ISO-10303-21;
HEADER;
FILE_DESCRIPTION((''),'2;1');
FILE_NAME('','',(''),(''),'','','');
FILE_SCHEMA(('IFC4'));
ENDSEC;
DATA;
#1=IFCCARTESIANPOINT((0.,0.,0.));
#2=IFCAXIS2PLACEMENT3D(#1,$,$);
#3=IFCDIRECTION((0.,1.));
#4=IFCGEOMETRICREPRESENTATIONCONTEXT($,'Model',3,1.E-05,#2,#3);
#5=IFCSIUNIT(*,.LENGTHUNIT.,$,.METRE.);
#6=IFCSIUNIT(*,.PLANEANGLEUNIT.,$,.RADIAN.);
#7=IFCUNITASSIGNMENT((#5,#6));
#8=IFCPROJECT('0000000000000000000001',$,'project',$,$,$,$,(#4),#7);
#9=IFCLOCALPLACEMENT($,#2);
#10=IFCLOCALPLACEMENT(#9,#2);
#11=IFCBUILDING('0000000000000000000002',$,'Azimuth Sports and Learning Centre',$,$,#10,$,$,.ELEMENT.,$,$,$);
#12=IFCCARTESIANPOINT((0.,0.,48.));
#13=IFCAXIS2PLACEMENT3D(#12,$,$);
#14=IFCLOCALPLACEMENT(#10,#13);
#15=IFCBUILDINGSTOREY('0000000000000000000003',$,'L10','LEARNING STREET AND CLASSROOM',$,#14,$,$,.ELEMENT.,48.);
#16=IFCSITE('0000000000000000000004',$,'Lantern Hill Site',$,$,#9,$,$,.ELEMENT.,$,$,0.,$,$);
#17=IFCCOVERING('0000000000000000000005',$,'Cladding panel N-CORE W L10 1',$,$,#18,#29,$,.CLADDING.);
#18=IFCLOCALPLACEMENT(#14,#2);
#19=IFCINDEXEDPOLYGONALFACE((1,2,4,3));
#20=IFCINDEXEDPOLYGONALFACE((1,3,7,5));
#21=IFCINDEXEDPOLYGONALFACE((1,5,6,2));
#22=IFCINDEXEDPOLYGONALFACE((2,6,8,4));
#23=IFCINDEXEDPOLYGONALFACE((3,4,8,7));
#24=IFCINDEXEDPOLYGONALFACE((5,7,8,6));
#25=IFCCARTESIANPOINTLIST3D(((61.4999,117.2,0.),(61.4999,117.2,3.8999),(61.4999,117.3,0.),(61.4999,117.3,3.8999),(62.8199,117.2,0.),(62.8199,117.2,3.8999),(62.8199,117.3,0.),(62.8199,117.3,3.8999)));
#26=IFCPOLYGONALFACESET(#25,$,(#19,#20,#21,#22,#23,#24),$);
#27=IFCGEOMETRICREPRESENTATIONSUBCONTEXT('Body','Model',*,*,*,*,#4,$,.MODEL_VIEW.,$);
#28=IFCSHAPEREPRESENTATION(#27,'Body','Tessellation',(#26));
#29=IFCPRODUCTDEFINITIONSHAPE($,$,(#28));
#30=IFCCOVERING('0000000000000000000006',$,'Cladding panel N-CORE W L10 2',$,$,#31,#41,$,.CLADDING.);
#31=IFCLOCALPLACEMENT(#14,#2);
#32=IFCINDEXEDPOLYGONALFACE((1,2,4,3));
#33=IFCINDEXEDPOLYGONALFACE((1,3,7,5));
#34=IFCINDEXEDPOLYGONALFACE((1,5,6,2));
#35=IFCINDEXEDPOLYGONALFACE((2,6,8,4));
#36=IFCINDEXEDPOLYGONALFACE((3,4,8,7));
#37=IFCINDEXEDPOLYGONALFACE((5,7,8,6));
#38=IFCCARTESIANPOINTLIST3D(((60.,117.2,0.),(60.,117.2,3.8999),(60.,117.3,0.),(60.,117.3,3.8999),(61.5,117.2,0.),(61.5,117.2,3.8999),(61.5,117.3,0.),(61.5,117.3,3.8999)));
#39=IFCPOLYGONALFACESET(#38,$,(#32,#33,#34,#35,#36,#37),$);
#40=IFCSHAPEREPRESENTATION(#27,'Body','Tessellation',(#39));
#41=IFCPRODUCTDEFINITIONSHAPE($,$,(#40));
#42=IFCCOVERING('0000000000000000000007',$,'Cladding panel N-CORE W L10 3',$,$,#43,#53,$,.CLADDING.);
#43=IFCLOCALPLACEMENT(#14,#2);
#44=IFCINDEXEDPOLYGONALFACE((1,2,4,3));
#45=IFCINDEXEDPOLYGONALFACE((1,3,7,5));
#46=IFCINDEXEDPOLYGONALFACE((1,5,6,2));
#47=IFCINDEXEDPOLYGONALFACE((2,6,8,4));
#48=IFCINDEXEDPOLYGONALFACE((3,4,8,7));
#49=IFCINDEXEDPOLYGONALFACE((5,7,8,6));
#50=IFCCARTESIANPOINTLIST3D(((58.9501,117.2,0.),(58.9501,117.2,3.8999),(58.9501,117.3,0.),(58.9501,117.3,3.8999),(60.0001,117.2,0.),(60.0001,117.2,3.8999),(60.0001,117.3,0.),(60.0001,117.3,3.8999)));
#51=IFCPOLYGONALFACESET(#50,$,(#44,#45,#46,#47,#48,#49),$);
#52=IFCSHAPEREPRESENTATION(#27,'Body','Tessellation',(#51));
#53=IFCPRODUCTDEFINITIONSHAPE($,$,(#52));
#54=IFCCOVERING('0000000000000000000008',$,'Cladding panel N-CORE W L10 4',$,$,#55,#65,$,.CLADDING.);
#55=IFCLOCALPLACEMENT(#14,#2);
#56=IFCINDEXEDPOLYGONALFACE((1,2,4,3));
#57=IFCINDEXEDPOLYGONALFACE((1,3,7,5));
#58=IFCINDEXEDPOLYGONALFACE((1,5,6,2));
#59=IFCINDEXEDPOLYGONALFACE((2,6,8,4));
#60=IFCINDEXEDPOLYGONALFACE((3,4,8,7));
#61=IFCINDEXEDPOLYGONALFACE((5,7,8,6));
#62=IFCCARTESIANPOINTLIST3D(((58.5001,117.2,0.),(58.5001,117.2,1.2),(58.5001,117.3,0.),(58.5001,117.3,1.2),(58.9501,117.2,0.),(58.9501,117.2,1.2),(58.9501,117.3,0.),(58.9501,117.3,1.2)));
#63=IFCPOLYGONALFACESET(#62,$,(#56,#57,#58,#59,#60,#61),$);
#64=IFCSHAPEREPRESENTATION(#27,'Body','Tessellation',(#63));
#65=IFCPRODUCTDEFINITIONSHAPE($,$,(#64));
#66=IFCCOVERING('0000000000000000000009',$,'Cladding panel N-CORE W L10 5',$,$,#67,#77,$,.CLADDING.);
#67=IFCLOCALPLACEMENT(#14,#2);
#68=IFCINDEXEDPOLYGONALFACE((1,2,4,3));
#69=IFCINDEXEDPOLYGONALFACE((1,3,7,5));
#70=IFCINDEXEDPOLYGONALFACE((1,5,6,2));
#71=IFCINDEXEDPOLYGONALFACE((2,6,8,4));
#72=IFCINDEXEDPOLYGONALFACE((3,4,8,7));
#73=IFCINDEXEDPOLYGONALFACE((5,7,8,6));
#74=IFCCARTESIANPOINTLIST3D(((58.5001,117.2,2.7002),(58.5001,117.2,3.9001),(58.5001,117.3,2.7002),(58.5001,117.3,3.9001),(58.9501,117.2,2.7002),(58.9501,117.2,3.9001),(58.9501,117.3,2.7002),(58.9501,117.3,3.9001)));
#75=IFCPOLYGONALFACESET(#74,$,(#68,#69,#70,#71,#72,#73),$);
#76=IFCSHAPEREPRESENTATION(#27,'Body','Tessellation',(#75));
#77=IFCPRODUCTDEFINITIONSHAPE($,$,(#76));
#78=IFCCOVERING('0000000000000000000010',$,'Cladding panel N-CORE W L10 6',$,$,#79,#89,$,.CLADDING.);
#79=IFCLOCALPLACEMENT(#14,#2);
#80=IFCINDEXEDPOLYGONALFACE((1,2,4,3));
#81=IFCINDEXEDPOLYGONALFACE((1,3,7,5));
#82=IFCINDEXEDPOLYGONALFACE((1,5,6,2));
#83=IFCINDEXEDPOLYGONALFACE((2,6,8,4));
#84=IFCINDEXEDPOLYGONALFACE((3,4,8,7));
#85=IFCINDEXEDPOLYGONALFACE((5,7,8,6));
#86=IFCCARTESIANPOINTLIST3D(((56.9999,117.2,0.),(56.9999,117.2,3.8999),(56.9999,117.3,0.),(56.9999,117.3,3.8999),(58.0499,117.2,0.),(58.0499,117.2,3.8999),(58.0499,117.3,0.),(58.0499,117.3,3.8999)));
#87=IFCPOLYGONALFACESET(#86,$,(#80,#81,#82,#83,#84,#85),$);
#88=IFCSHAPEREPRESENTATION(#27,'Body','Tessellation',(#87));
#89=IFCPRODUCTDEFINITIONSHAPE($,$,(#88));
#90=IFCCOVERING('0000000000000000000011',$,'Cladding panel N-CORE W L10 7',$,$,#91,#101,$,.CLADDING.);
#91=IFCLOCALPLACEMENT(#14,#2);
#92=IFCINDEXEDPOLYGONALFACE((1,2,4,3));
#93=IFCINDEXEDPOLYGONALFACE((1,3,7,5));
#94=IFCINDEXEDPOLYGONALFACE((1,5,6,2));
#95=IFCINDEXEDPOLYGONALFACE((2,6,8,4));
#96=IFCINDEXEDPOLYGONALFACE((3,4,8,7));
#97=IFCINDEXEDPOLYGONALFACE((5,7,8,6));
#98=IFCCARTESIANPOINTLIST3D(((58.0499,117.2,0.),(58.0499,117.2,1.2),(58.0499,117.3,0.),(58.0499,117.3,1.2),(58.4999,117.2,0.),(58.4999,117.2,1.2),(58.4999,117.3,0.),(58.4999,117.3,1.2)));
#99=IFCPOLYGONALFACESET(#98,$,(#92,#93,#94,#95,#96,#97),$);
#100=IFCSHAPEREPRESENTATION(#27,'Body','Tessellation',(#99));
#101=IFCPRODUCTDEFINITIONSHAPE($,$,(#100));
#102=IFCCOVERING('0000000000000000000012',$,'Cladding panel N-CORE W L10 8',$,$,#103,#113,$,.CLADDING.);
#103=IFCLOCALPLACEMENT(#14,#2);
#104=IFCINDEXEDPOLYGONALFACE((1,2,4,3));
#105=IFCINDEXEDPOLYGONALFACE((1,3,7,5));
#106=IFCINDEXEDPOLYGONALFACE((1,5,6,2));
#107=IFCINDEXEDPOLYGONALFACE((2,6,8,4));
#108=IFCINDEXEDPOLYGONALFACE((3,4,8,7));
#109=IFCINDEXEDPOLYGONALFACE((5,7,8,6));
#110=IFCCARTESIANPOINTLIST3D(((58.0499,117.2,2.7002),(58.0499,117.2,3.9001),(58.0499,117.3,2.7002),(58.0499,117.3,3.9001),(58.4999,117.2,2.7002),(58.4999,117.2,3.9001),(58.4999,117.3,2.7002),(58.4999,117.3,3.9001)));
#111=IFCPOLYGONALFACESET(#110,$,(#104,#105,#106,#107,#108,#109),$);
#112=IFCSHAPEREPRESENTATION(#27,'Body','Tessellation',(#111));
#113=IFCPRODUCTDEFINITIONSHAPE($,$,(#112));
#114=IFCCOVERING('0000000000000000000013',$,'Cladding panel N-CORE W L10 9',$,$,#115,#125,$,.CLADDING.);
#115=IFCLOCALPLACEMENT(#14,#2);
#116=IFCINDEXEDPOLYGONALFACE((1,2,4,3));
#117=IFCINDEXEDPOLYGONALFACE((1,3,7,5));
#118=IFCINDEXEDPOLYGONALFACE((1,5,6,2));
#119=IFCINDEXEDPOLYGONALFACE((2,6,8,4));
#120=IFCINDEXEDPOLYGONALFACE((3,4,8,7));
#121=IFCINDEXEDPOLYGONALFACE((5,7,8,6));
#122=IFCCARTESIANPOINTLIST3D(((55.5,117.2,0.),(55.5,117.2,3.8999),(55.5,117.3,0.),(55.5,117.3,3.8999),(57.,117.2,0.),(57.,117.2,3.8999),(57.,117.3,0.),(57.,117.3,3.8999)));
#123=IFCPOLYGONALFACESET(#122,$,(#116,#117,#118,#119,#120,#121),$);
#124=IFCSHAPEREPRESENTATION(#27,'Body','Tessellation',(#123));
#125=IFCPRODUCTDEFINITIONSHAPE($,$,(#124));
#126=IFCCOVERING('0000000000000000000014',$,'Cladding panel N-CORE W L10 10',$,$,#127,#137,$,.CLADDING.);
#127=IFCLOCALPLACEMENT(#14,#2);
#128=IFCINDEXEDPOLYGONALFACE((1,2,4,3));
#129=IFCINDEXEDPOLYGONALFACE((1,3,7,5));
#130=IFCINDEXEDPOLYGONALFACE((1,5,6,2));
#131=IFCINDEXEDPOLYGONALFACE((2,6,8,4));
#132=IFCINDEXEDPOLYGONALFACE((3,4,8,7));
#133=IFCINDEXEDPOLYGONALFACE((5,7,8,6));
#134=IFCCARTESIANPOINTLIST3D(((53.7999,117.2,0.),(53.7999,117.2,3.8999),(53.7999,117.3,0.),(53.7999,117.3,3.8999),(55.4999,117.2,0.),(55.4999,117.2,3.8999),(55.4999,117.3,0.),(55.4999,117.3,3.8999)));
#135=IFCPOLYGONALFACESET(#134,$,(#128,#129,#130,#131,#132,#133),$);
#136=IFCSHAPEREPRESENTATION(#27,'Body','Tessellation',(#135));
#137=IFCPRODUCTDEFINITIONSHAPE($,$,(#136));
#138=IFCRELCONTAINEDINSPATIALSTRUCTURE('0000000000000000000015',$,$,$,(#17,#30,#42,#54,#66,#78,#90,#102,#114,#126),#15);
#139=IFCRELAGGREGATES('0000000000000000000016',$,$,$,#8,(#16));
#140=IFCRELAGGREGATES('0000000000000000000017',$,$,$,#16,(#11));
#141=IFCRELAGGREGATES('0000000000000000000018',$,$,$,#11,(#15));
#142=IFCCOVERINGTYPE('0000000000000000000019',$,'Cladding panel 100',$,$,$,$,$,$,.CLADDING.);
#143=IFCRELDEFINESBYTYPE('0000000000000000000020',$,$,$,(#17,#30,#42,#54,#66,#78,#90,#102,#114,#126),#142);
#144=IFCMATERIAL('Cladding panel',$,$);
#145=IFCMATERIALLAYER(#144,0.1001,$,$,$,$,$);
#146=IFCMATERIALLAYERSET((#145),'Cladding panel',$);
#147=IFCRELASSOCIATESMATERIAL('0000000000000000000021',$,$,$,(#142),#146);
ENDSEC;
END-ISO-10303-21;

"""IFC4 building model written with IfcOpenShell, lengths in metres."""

from ifc_helpers import new_model, si_unit, direction, frame, origin, origin_2d, place, context, subcontext, project, spatial, rectangle, extrude, material, layer, layer_set, type_object, element, save


model = new_model("IFC4")

# Units and contexts
model_context = context("Model", 3, precision=1e-05, world=origin(), true_north=direction((0.0, 1.0)))
body_context = subcontext(model_context, "Body", "Model", "MODEL_VIEW")
ifc_project = project(units=[si_unit("LENGTHUNIT", "METRE"), si_unit("PLANEANGLEUNIT", "RADIAN")], contexts=[model_context])

# Site, building, storey
site_placement = place(None, origin())
site = spatial("IfcSite", under=ifc_project, at=site_placement, Name="Lantern Hill Site", CompositionType="ELEMENT", RefElevation=0.0)
building_placement = place(site_placement, origin())
building = spatial("IfcBuilding", under=site, at=building_placement, Name="Azimuth Sports and Learning Centre", CompositionType="ELEMENT")
storey_placement = place(building_placement, frame((0.0, 0.0, 48.0)))
storey = spatial("IfcBuildingStorey", under=building, at=storey_placement, Name="L10", Description="LEARNING STREET AND CLASSROOM", CompositionType="ELEMENT", Elevation=48.0)

# Coverings
ifc_material_1 = material(Name="Cladding panel")
ifc_layer_1 = layer(ifc_material_1, 0.1001)
ifc_layer_set_1 = layer_set([ifc_layer_1], Name="Cladding panel")
covering_type = type_object("IfcCoveringType", Name="Cladding panel 100", PredefinedType="CLADDING", material=ifc_layer_set_1)
covering_1_placement = place(storey_placement, frame((62.1599, 117.25, 0.0), z_axis=(0.0, 0.0, 1.0), x_axis=(-1.0, 0.0, 0.0)))
element("IfcCovering", 1, at=covering_1_placement, inside=storey, type_object=covering_type, Name="Cladding panel N-CORE W L10 1", PredefinedType="CLADDING", context=body_context, shape_type="SweptSolid", body=[
    extrude(rectangle(XDim=1.3201, YDim=0.1001, at=origin_2d()), origin(), (0.0, 0.0, 1.0), 3.8999),
])
covering_2_placement = place(storey_placement, frame((60.75, 117.25, 0.0), z_axis=(0.0, 0.0, 1.0), x_axis=(-1.0, 0.0, 0.0)))
element("IfcCovering", 2, at=covering_2_placement, inside=storey, type_object=covering_type, Name="Cladding panel N-CORE W L10 2", PredefinedType="CLADDING", context=body_context, shape_type="SweptSolid", body=[
    extrude(rectangle(XDim=1.5, YDim=0.1001, at=origin_2d()), origin(), (0.0, 0.0, 1.0), 3.8999),
])
covering_3_placement = place(storey_placement, frame((59.4751, 117.25, 0.0), z_axis=(0.0, 0.0, 1.0), x_axis=(-1.0, 0.0, 0.0)))
element("IfcCovering", 3, at=covering_3_placement, inside=storey, type_object=covering_type, Name="Cladding panel N-CORE W L10 3", PredefinedType="CLADDING", context=body_context, shape_type="SweptSolid", body=[
    extrude(rectangle(XDim=1.05, YDim=0.1001, at=origin_2d()), origin(), (0.0, 0.0, 1.0), 3.8999),
])
for number, where, z_axis, x_axis, name in (
    (4, (58.7251, 117.25, 0.0), (0.0, 0.0, 1.0), (-1.0, 0.0, 0.0), "Cladding panel N-CORE W L10 4"),
    (5, (58.7251, 117.25, 2.7002), (0.0, 0.0, 1.0), (-1.0, 0.0, 0.0), "Cladding panel N-CORE W L10 5"),
):
    element("IfcCovering", number, at=place(storey_placement, frame(where, z_axis=z_axis, x_axis=x_axis)), inside=storey, type_object=covering_type, Name=name, PredefinedType="CLADDING", context=body_context, shape_type="SweptSolid", body=[
        extrude(rectangle(XDim=0.45, YDim=0.1001, at=origin_2d()), origin(), (0.0, 0.0, 1.0), 1.2),
    ])
covering_4_placement = place(storey_placement, frame((57.5249, 117.25, 0.0), z_axis=(0.0, 0.0, 1.0), x_axis=(-1.0, 0.0, 0.0)))
element("IfcCovering", 6, at=covering_4_placement, inside=storey, type_object=covering_type, Name="Cladding panel N-CORE W L10 6", PredefinedType="CLADDING", context=body_context, shape_type="SweptSolid", body=[
    extrude(rectangle(XDim=1.05, YDim=0.1001, at=origin_2d()), origin(), (0.0, 0.0, 1.0), 3.8999),
])
for number, where, z_axis, x_axis, name in (
    (7, (58.2749, 117.25, 0.0), (0.0, 0.0, 1.0), (-1.0, 0.0, 0.0), "Cladding panel N-CORE W L10 7"),
    (8, (58.2749, 117.25, 2.7002), (0.0, 0.0, 1.0), (-1.0, 0.0, 0.0), "Cladding panel N-CORE W L10 8"),
):
    element("IfcCovering", number, at=place(storey_placement, frame(where, z_axis=z_axis, x_axis=x_axis)), inside=storey, type_object=covering_type, Name=name, PredefinedType="CLADDING", context=body_context, shape_type="SweptSolid", body=[
        extrude(rectangle(XDim=0.45, YDim=0.1001, at=origin_2d()), origin(), (0.0, 0.0, 1.0), 1.2),
    ])
covering_5_placement = place(storey_placement, frame((56.25, 117.25, 0.0), z_axis=(0.0, 0.0, 1.0), x_axis=(-1.0, 0.0, 0.0)))
element("IfcCovering", 9, at=covering_5_placement, inside=storey, type_object=covering_type, Name="Cladding panel N-CORE W L10 9", PredefinedType="CLADDING", context=body_context, shape_type="SweptSolid", body=[
    extrude(rectangle(XDim=1.5, YDim=0.1001, at=origin_2d()), origin(), (0.0, 0.0, 1.0), 3.8999),
])
covering_6_placement = place(storey_placement, frame((54.6499, 117.25, 0.0), z_axis=(0.0, 0.0, 1.0), x_axis=(-1.0, 0.0, 0.0)))
element("IfcCovering", 10, at=covering_6_placement, inside=storey, type_object=covering_type, Name="Cladding panel N-CORE W L10 10", PredefinedType="CLADDING", context=body_context, shape_type="SweptSolid", body=[
    extrude(rectangle(XDim=1.7, YDim=0.1001, at=origin_2d()), origin(), (0.0, 0.0, 1.0), 3.8999),
])

save(model, "model.ifc")
